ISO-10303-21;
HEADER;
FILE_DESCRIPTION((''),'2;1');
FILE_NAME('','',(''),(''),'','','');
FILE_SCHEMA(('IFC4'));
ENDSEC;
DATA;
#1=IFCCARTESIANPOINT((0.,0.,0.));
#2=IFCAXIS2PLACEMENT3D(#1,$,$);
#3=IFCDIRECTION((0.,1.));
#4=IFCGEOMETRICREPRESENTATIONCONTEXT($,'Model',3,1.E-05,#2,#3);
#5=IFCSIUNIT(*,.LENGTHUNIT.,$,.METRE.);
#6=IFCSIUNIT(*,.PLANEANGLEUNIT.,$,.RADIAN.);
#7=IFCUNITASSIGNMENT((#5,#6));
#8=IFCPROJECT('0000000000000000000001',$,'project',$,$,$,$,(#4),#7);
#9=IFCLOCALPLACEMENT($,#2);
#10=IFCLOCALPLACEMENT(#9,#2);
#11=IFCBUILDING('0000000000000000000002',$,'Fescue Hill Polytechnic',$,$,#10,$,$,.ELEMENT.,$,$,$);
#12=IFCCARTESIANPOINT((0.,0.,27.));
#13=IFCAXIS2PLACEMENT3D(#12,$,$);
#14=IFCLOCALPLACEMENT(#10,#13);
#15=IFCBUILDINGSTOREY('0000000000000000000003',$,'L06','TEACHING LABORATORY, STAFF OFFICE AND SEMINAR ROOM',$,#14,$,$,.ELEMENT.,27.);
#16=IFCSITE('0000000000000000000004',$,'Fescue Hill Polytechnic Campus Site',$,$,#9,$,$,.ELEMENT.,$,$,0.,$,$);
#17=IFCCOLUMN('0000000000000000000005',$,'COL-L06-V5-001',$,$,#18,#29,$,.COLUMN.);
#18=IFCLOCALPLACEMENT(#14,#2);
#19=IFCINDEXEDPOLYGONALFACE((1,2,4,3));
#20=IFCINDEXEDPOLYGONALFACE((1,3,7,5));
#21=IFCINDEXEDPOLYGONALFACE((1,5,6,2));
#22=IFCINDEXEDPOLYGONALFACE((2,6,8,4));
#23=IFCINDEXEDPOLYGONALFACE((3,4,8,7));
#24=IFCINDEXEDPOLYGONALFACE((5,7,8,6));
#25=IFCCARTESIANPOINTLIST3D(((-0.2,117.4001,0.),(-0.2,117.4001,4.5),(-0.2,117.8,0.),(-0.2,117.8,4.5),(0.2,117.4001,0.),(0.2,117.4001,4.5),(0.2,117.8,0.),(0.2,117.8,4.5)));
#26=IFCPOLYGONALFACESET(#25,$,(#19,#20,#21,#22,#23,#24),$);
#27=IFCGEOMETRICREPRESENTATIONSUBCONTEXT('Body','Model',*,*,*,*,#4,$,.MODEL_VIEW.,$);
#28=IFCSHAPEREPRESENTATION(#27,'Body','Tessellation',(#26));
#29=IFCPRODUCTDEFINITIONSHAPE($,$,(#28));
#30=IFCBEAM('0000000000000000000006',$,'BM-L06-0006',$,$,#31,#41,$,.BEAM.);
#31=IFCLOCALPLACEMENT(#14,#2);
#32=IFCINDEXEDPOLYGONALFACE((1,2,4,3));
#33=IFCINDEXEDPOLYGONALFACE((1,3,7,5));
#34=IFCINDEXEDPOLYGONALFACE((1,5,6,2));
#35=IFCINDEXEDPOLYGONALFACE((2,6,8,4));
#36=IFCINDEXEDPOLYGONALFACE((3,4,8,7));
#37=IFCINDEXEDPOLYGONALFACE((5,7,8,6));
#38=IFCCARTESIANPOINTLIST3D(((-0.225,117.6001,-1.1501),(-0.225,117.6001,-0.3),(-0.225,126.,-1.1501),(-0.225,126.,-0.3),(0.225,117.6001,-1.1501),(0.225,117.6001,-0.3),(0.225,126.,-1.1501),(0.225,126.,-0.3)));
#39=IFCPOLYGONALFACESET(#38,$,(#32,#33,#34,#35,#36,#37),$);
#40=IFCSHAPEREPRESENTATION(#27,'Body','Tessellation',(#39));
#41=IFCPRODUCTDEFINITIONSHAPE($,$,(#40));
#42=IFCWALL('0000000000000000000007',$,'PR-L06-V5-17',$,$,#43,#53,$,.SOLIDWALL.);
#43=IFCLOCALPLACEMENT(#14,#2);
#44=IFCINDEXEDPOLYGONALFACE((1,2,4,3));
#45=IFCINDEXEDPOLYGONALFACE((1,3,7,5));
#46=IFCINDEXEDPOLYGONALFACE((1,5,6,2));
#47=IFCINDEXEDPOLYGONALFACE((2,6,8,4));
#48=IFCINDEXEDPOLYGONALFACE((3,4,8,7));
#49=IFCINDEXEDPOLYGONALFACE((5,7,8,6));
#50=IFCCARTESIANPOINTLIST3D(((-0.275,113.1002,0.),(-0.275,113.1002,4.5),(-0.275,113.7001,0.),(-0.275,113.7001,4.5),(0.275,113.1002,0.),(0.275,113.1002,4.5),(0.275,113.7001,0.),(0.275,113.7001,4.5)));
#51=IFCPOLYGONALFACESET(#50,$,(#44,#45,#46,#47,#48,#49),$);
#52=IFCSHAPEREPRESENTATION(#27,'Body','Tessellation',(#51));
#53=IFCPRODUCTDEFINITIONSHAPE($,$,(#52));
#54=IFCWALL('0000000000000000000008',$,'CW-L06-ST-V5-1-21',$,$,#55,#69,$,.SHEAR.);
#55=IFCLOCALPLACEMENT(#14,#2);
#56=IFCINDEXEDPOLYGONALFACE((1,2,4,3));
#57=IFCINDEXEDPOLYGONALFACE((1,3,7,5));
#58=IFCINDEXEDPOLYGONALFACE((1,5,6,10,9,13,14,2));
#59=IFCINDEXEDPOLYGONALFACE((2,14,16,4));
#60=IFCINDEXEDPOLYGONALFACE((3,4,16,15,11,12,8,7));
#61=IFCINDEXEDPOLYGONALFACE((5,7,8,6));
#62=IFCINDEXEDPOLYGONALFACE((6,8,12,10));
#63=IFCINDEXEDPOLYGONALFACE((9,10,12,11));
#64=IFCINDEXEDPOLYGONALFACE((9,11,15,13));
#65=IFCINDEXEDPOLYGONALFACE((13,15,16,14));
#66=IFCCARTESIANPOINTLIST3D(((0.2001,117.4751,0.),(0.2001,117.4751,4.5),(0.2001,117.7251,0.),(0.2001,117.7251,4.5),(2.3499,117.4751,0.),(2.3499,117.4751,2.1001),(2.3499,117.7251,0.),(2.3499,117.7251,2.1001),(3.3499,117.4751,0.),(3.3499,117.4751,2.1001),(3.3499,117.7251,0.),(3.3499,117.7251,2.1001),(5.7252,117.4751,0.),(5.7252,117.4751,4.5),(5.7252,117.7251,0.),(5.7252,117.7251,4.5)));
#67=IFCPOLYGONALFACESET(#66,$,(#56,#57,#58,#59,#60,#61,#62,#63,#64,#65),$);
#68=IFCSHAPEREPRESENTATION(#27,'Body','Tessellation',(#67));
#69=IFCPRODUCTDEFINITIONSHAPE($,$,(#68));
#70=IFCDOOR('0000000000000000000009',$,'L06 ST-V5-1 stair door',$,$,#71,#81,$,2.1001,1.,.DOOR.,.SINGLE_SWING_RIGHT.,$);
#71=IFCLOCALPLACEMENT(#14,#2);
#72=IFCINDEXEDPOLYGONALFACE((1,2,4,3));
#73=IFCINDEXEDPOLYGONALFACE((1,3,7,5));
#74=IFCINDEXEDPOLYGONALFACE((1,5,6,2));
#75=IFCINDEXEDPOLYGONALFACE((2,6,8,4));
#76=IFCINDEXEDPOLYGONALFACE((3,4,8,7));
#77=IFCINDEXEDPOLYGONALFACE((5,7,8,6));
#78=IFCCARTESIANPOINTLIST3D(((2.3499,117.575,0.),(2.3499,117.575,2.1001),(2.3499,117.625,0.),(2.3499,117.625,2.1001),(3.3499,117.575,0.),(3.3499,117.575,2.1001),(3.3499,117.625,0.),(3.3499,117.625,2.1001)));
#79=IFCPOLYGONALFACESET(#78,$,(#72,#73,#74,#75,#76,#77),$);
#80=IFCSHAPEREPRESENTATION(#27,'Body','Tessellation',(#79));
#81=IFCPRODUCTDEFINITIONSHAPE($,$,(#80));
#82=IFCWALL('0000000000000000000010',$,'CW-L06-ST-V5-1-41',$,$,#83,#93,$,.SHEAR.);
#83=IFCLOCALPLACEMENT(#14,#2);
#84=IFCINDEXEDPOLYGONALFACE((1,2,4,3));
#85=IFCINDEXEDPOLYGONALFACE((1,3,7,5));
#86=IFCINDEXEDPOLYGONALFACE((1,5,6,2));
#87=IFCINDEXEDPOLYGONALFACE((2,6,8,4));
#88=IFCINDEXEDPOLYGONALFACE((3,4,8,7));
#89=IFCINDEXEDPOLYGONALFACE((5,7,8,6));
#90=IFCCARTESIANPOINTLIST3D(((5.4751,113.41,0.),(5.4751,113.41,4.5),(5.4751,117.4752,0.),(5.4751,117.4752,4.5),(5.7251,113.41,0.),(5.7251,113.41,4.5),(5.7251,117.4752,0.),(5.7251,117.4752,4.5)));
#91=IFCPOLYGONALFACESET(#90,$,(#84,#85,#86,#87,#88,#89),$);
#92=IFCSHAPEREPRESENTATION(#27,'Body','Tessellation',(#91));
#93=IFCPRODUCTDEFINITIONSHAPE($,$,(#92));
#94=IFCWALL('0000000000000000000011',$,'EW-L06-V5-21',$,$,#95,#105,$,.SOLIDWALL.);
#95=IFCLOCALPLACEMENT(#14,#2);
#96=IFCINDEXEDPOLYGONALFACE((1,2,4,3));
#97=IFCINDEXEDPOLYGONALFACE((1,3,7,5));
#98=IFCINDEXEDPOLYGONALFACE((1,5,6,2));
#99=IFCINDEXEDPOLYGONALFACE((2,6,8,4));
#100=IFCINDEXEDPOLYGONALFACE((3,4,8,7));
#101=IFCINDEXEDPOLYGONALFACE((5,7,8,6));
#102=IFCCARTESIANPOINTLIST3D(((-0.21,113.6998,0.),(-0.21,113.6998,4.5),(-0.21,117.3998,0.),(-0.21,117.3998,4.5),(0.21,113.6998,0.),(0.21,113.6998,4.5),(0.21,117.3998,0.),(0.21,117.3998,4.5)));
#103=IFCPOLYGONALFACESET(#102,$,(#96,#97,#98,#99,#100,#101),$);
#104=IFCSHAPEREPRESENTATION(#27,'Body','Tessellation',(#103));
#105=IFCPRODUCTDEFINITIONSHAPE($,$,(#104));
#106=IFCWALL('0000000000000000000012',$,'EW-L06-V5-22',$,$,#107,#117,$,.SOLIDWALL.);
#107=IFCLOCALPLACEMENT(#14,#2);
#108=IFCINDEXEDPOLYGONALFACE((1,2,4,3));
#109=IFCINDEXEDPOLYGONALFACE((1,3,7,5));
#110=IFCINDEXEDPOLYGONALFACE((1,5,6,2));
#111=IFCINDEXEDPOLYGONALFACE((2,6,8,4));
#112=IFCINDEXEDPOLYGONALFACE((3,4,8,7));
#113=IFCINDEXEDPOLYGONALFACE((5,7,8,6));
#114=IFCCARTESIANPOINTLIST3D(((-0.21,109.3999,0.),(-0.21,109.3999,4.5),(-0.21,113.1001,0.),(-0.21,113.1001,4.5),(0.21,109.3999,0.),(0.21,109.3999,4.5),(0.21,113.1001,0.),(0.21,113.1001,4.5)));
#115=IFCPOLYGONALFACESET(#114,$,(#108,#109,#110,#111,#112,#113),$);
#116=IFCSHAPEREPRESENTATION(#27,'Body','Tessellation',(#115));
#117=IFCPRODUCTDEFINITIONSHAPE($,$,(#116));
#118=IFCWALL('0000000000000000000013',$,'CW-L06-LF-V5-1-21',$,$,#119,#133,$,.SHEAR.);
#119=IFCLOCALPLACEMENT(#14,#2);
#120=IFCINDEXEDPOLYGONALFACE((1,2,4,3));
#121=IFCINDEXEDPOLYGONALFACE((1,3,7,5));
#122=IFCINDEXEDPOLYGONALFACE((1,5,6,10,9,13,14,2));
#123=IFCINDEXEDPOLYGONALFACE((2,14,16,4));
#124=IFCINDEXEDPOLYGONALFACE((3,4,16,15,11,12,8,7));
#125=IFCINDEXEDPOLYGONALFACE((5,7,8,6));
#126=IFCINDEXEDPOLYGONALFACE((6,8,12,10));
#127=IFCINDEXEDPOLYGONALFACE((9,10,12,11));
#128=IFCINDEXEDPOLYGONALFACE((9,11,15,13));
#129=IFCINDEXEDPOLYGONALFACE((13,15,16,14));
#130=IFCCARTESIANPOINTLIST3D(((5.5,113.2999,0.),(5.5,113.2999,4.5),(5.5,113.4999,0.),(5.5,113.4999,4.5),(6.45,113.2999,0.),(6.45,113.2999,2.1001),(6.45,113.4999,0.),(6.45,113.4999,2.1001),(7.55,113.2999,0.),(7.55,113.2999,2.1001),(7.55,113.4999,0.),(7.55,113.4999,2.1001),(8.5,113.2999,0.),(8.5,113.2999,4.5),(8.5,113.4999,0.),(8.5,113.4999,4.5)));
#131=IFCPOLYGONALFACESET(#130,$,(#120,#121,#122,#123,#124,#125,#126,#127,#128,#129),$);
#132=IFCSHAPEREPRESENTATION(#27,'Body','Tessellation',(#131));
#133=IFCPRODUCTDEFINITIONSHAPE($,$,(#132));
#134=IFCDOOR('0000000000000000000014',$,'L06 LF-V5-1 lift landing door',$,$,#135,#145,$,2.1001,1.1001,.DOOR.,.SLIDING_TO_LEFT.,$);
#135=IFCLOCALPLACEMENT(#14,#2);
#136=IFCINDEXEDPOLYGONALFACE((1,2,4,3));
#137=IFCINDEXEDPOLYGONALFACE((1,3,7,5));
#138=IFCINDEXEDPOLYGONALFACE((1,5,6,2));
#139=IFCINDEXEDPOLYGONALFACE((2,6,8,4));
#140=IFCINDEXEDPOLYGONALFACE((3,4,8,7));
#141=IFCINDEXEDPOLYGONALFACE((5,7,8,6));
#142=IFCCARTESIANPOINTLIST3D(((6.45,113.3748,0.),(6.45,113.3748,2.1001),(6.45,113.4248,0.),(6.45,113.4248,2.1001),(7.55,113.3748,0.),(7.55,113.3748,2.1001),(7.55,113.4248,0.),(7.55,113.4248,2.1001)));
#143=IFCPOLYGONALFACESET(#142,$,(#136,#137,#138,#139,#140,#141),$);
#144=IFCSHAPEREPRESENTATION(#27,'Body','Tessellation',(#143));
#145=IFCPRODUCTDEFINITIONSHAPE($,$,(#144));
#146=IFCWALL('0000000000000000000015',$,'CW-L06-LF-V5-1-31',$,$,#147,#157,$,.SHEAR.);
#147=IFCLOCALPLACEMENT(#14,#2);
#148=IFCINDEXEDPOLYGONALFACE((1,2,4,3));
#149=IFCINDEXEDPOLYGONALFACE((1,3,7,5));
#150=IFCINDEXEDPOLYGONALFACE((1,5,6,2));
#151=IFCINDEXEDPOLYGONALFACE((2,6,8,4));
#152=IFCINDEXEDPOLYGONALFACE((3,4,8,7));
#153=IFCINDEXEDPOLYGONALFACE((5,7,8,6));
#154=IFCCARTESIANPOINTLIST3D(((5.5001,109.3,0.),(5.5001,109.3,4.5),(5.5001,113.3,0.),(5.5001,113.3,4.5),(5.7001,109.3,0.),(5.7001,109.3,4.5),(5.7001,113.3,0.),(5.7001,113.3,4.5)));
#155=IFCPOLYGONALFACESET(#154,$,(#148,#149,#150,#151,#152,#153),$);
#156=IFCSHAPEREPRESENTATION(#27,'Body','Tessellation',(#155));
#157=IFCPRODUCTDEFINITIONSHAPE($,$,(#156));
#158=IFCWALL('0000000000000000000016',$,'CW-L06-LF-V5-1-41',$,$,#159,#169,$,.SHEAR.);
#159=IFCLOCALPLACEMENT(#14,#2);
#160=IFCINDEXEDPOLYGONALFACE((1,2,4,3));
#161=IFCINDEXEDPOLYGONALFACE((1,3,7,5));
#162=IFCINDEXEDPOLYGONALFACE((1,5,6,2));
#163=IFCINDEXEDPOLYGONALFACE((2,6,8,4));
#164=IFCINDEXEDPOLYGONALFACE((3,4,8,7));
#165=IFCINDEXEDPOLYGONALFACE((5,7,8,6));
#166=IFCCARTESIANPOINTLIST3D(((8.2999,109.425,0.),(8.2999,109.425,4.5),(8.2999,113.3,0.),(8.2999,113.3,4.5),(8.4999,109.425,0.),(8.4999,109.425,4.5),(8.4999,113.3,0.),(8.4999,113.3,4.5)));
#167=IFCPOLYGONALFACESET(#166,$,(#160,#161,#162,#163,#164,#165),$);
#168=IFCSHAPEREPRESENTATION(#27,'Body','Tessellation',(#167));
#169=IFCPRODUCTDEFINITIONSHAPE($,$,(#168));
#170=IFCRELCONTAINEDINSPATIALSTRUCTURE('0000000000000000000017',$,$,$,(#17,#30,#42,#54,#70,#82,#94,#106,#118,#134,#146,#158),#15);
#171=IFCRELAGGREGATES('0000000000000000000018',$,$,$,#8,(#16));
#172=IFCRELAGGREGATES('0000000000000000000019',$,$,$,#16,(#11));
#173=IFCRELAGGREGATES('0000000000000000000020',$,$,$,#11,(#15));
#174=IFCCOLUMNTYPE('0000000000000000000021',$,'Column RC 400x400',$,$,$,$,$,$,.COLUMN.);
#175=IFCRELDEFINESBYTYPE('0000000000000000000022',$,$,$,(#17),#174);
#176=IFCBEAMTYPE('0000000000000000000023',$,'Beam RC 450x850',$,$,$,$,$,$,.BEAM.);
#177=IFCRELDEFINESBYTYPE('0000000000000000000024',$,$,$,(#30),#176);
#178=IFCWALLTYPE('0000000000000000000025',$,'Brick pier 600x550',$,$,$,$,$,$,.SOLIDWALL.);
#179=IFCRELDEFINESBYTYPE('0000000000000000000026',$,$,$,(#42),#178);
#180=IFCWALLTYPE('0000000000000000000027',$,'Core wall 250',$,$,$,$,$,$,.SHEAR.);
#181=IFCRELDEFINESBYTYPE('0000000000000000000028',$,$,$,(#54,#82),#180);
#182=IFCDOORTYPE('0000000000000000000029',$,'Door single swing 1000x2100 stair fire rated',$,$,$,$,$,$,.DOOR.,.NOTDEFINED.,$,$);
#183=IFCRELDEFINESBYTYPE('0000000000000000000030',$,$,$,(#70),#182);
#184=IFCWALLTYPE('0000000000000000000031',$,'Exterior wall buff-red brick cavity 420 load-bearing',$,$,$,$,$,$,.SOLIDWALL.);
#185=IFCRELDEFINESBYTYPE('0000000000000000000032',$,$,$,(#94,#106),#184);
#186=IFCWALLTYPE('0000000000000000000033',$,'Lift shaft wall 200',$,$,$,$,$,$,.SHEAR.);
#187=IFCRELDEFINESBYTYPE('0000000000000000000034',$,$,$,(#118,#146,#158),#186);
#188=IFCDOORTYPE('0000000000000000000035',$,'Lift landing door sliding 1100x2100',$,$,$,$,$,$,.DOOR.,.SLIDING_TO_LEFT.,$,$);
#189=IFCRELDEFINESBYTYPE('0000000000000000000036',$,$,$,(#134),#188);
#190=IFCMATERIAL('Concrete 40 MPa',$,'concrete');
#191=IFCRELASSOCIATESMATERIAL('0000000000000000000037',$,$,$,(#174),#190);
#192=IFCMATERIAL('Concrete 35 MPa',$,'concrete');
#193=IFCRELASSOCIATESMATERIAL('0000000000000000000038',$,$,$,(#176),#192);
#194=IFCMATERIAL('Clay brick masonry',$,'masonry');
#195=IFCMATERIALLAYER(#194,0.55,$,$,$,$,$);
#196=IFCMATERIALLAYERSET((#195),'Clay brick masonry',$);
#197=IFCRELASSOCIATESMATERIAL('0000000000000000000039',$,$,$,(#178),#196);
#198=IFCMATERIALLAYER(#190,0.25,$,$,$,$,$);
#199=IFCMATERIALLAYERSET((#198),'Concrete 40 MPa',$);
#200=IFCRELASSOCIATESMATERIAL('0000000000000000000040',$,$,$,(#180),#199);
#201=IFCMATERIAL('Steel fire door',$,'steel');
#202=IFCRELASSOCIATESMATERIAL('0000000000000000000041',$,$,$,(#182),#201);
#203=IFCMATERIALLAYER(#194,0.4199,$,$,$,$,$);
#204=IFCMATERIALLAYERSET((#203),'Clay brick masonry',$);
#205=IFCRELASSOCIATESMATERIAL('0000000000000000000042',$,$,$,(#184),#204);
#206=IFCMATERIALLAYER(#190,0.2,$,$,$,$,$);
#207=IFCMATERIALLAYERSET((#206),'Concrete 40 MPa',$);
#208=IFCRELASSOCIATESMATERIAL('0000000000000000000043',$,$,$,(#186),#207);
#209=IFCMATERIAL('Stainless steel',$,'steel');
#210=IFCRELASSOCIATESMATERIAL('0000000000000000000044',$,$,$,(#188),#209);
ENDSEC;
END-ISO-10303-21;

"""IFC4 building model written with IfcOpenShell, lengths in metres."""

from ifc_helpers import new_model, si_unit, direction, frame, frame_2d, origin, origin_2d, place, context, subcontext, project, spatial, rectangle, extrude, material, layer, layer_set, material_profile, profile_set, type_object, element, fill, save


model = new_model("IFC4")

# Units and contexts
model_context = context("Model", 3, precision=1e-05, world=origin(), true_north=direction((0.0, 1.0)))
body_context = subcontext(model_context, "Body", "Model", "MODEL_VIEW")
ifc_project = project(units=[si_unit("LENGTHUNIT", "METRE"), si_unit("PLANEANGLEUNIT", "RADIAN")], contexts=[model_context])

# Site, building, storey
site_placement = place(None, origin())
site = spatial("IfcSite", under=ifc_project, at=site_placement, Name="Fescue Hill Polytechnic Campus Site", CompositionType="ELEMENT", RefElevation=0.0)
building_placement = place(site_placement, origin())
building = spatial("IfcBuilding", under=site, at=building_placement, Name="Fescue Hill Polytechnic", CompositionType="ELEMENT")
storey_placement = place(building_placement, frame((0.0, 0.0, 27.0)))
storey = spatial("IfcBuildingStorey", under=building, at=storey_placement, Name="L06", Description="TEACHING LABORATORY, STAFF OFFICE AND SEMINAR ROOM", CompositionType="ELEMENT", Elevation=27.0)

# Column
ifc_material_1 = material(Name="Concrete 40 MPa", Category="concrete")
ifc_material_profile_1 = material_profile(ifc_material_1, rectangle(XDim=0.3999, YDim=0.3999, at=origin_2d()), Name="RC 400x400")
ifc_profile_set_1 = profile_set([ifc_material_profile_1], Name="Concrete 40 MPa")
column_type = type_object("IfcColumnType", Name="Column RC 400x400", PredefinedType="COLUMN", material=ifc_profile_set_1)
column_placement = place(storey_placement, frame((0.0, 117.6001, 0.0), z_axis=(0.0, 0.0, 1.0), x_axis=(1.0, 0.0, 0.0)))
element("IfcColumn", 1, at=column_placement, inside=storey, type_object=column_type, Name="COL-L06-V5-001", PredefinedType="COLUMN", context=body_context, shape_type="SweptSolid", body=[
    extrude(rectangle(XDim=0.3999, YDim=0.3999, at=origin_2d()), origin(), (0.0, 0.0, 1.0), 4.5),
])

# Beam
ifc_material_2 = material(Name="Concrete 35 MPa", Category="concrete")
ifc_material_profile_2 = material_profile(ifc_material_2, rectangle(XDim=0.45, YDim=0.8501, at=origin_2d()), Name="RC 450x850")
ifc_profile_set_2 = profile_set([ifc_material_profile_2], Name="Concrete 35 MPa")
beam_type = type_object("IfcBeamType", Name="Beam RC 450x850", PredefinedType="BEAM", material=ifc_profile_set_2)
beam_placement = place(storey_placement, frame((0.0, 117.6001, -0.7251), z_axis=(0.0, 1.0, 0.0), x_axis=(-1.0, 0.0, 0.0)))
element("IfcBeam", 2, at=beam_placement, inside=storey, type_object=beam_type, Name="BM-L06-0006", PredefinedType="BEAM", context=body_context, shape_type="SweptSolid", body=[
    extrude(rectangle(XDim=0.45, YDim=0.8501, at=origin_2d()), origin(), (0.0, 0.0, 1.0), 8.3999),
])

# Wall
ifc_material_3 = material(Name="Clay brick masonry", Category="masonry")
ifc_layer_1 = layer(ifc_material_3, 0.55)
ifc_layer_set_1 = layer_set([ifc_layer_1], Name="Clay brick masonry")
wall_type_1 = type_object("IfcWallType", Name="Brick pier 600x550", PredefinedType="SOLIDWALL", material=ifc_layer_set_1)
wall_1_placement = place(storey_placement, frame((0.0, 113.7, 0.0), z_axis=(0.0, 0.0, 1.0), x_axis=(0.0, -1.0, 0.0)))
element("IfcWall", 3, at=wall_1_placement, inside=storey, type_object=wall_type_1, Name="PR-L06-V5-17", PredefinedType="SOLIDWALL", context=body_context, shape_type="SweptSolid", body=[
    extrude(rectangle(XDim=0.5999, YDim=0.55, at=frame_2d((0.2998, 0.0))), origin(), (0.0, 0.0, 1.0), 4.5),
])

# Wall, opening, door
ifc_layer_2 = layer(ifc_material_1, 0.25)
ifc_layer_set_2 = layer_set([ifc_layer_2], Name="Concrete 40 MPa")
wall_type_2 = type_object("IfcWallType", Name="Core wall 250", PredefinedType="SHEAR", material=ifc_layer_set_2)
wall_2_placement = place(storey_placement, frame((0.2, 117.6001, 0.0), z_axis=(0.0, 0.0, 1.0), x_axis=(1.0, 0.0, 0.0)))
wall_2 = element("IfcWall", 4, at=wall_2_placement, inside=storey, type_object=wall_type_2, Name="CW-L06-ST-V5-1-21", PredefinedType="SHEAR", context=body_context, shape_type="SweptSolid", body=[
    extrude(rectangle(XDim=5.5251, YDim=0.25, at=frame_2d((2.7627, 0.0))), origin(), (0.0, 0.0, 1.0), 4.5),
])
opening_1_placement = place(wall_2_placement, frame((2.1499, 0.0, 0.0)))
opening_1 = element("IfcOpeningElement", 5, at=opening_1_placement, cuts=wall_2, PredefinedType="OPENING", context=body_context, shape_type="SweptSolid", body=[
    extrude(rectangle(XDim=1.0, YDim=2.1001, at=frame_2d((0.5, 1.05))), frame((0.0, 0.135, 0.0), z_axis=(0.0, -1.0, 0.0), x_axis=(1.0, 0.0, 0.0)), (0.0, 0.0, 1.0), 0.27),
])
ifc_material_4 = material(Name="Steel fire door", Category="steel")
door_type_1 = type_object("IfcDoorType", Name="Door single swing 1000x2100 stair fire rated", OperationType="NOTDEFINED", PredefinedType="DOOR", material=ifc_material_4)
door_1_placement = place(opening_1_placement, origin())
door_1 = element("IfcDoor", 6, at=door_1_placement, inside=storey, type_object=door_type_1, Name="L06 ST-V5-1 stair door", OperationType="SINGLE_SWING_RIGHT", OverallHeight=2.1001, OverallWidth=1.0, PredefinedType="DOOR", context=body_context, shape_type="SweptSolid", body=[
    extrude(rectangle(XDim=1.0, YDim=2.1001, at=frame_2d((0.5, 1.05))), frame((0.0, 0.0249, 0.0), z_axis=(0.0, -1.0, 0.0), x_axis=(1.0, 0.0, 0.0)), (0.0, 0.0, 1.0), 0.05),
])
fill(opening_1, door_1)

# Walls
wall_3_placement = place(storey_placement, frame((5.6001, 113.4099, 0.0), z_axis=(0.0, 0.0, 1.0), x_axis=(0.0, 1.0, 0.0)))
element("IfcWall", 7, at=wall_3_placement, inside=storey, type_object=wall_type_2, Name="CW-L06-ST-V5-1-41", PredefinedType="SHEAR", context=body_context, shape_type="SweptSolid", body=[
    extrude(rectangle(XDim=4.0652, YDim=0.25, at=frame_2d((2.0327, 0.0))), origin(), (0.0, 0.0, 1.0), 4.5),
])
ifc_layer_3 = layer(ifc_material_3, 0.4199)
ifc_layer_set_3 = layer_set([ifc_layer_3], Name="Clay brick masonry")
wall_type_3 = type_object("IfcWallType", Name="Exterior wall buff-red brick cavity 420 load-bearing", PredefinedType="SOLIDWALL", material=ifc_layer_set_3)
wall_4_placement = place(storey_placement, frame((0.0, 117.3999, 0.0), z_axis=(0.0, 0.0, 1.0), x_axis=(0.0, -1.0, 0.0)))
element("IfcWall", 8, at=wall_4_placement, inside=storey, type_object=wall_type_3, Name="EW-L06-V5-21", PredefinedType="SOLIDWALL", context=body_context, shape_type="SweptSolid", body=[
    extrude(rectangle(XDim=3.7, YDim=0.4199, at=frame_2d((1.8501, 0.0))), origin(), (0.0, 0.0, 1.0), 4.5),
])
wall_5_placement = place(storey_placement, frame((0.0, 113.1001, 0.0), z_axis=(0.0, 0.0, 1.0), x_axis=(0.0, -1.0, 0.0)))
element("IfcWall", 9, at=wall_5_placement, inside=storey, type_object=wall_type_3, Name="EW-L06-V5-22", PredefinedType="SOLIDWALL", context=body_context, shape_type="SweptSolid", body=[
    extrude(rectangle(XDim=3.7002, YDim=0.4199, at=frame_2d((1.8501, 0.0))), origin(), (0.0, 0.0, 1.0), 4.5),
])

# Wall, opening, door
ifc_layer_4 = layer(ifc_material_1, 0.2)
ifc_layer_set_4 = layer_set([ifc_layer_4], Name="Concrete 40 MPa")
wall_type_4 = type_object("IfcWallType", Name="Lift shaft wall 200", PredefinedType="SHEAR", material=ifc_layer_set_4)
wall_6_placement = place(storey_placement, frame((5.5, 113.3999, 0.0), z_axis=(0.0, 0.0, 1.0), x_axis=(1.0, 0.0, 0.0)))
wall_6 = element("IfcWall", 10, at=wall_6_placement, inside=storey, type_object=wall_type_4, Name="CW-L06-LF-V5-1-21", PredefinedType="SHEAR", context=body_context, shape_type="SweptSolid", body=[
    extrude(rectangle(XDim=3.0, YDim=0.2, at=frame_2d((1.5, 0.0))), origin(), (0.0, 0.0, 1.0), 4.5),
])
opening_2_placement = place(wall_6_placement, frame((0.95, 0.0, 0.0)))
opening_2 = element("IfcOpeningElement", 11, at=opening_2_placement, cuts=wall_6, PredefinedType="OPENING", context=body_context, shape_type="SweptSolid", body=[
    extrude(rectangle(XDim=1.1001, YDim=2.1001, at=frame_2d((0.55, 1.05))), frame((0.0, 0.1099, 0.0), z_axis=(0.0, -1.0, 0.0), x_axis=(1.0, 0.0, 0.0)), (0.0, 0.0, 1.0), 0.22),
])
ifc_material_5 = material(Name="Stainless steel", Category="steel")
door_type_2 = type_object("IfcDoorType", Name="Lift landing door sliding 1100x2100", OperationType="SLIDING_TO_LEFT", PredefinedType="DOOR", material=ifc_material_5)
door_2_placement = place(opening_2_placement, origin())
door_2 = element("IfcDoor", 12, at=door_2_placement, inside=storey, type_object=door_type_2, Name="L06 LF-V5-1 lift landing door", OperationType="SLIDING_TO_LEFT", OverallHeight=2.1001, OverallWidth=1.1001, PredefinedType="DOOR", context=body_context, shape_type="SweptSolid", body=[
    extrude(rectangle(XDim=1.1001, YDim=2.1001, at=frame_2d((0.55, 1.05))), frame((0.0, 0.0249, 0.0), z_axis=(0.0, -1.0, 0.0), x_axis=(1.0, 0.0, 0.0)), (0.0, 0.0, 1.0), 0.05),
])
fill(opening_2, door_2)

# Walls
wall_7_placement = place(storey_placement, frame((5.6001, 109.3, 0.0), z_axis=(0.0, 0.0, 1.0), x_axis=(0.0, 1.0, 0.0)))
element("IfcWall", 13, at=wall_7_placement, inside=storey, type_object=wall_type_4, Name="CW-L06-LF-V5-1-31", PredefinedType="SHEAR", context=body_context, shape_type="SweptSolid", body=[
    extrude(rectangle(XDim=4.0, YDim=0.2, at=frame_2d((2.0, 0.0))), origin(), (0.0, 0.0, 1.0), 4.5),
])
wall_8_placement = place(storey_placement, frame((8.3999, 109.425, 0.0), z_axis=(0.0, 0.0, 1.0), x_axis=(0.0, 1.0, 0.0)))
element("IfcWall", 14, at=wall_8_placement, inside=storey, type_object=wall_type_4, Name="CW-L06-LF-V5-1-41", PredefinedType="SHEAR", context=body_context, shape_type="SweptSolid", body=[
    extrude(rectangle(XDim=3.875, YDim=0.2, at=frame_2d((1.9375, 0.0))), origin(), (0.0, 0.0, 1.0), 4.5),
])

save(model, "model.ifc")
